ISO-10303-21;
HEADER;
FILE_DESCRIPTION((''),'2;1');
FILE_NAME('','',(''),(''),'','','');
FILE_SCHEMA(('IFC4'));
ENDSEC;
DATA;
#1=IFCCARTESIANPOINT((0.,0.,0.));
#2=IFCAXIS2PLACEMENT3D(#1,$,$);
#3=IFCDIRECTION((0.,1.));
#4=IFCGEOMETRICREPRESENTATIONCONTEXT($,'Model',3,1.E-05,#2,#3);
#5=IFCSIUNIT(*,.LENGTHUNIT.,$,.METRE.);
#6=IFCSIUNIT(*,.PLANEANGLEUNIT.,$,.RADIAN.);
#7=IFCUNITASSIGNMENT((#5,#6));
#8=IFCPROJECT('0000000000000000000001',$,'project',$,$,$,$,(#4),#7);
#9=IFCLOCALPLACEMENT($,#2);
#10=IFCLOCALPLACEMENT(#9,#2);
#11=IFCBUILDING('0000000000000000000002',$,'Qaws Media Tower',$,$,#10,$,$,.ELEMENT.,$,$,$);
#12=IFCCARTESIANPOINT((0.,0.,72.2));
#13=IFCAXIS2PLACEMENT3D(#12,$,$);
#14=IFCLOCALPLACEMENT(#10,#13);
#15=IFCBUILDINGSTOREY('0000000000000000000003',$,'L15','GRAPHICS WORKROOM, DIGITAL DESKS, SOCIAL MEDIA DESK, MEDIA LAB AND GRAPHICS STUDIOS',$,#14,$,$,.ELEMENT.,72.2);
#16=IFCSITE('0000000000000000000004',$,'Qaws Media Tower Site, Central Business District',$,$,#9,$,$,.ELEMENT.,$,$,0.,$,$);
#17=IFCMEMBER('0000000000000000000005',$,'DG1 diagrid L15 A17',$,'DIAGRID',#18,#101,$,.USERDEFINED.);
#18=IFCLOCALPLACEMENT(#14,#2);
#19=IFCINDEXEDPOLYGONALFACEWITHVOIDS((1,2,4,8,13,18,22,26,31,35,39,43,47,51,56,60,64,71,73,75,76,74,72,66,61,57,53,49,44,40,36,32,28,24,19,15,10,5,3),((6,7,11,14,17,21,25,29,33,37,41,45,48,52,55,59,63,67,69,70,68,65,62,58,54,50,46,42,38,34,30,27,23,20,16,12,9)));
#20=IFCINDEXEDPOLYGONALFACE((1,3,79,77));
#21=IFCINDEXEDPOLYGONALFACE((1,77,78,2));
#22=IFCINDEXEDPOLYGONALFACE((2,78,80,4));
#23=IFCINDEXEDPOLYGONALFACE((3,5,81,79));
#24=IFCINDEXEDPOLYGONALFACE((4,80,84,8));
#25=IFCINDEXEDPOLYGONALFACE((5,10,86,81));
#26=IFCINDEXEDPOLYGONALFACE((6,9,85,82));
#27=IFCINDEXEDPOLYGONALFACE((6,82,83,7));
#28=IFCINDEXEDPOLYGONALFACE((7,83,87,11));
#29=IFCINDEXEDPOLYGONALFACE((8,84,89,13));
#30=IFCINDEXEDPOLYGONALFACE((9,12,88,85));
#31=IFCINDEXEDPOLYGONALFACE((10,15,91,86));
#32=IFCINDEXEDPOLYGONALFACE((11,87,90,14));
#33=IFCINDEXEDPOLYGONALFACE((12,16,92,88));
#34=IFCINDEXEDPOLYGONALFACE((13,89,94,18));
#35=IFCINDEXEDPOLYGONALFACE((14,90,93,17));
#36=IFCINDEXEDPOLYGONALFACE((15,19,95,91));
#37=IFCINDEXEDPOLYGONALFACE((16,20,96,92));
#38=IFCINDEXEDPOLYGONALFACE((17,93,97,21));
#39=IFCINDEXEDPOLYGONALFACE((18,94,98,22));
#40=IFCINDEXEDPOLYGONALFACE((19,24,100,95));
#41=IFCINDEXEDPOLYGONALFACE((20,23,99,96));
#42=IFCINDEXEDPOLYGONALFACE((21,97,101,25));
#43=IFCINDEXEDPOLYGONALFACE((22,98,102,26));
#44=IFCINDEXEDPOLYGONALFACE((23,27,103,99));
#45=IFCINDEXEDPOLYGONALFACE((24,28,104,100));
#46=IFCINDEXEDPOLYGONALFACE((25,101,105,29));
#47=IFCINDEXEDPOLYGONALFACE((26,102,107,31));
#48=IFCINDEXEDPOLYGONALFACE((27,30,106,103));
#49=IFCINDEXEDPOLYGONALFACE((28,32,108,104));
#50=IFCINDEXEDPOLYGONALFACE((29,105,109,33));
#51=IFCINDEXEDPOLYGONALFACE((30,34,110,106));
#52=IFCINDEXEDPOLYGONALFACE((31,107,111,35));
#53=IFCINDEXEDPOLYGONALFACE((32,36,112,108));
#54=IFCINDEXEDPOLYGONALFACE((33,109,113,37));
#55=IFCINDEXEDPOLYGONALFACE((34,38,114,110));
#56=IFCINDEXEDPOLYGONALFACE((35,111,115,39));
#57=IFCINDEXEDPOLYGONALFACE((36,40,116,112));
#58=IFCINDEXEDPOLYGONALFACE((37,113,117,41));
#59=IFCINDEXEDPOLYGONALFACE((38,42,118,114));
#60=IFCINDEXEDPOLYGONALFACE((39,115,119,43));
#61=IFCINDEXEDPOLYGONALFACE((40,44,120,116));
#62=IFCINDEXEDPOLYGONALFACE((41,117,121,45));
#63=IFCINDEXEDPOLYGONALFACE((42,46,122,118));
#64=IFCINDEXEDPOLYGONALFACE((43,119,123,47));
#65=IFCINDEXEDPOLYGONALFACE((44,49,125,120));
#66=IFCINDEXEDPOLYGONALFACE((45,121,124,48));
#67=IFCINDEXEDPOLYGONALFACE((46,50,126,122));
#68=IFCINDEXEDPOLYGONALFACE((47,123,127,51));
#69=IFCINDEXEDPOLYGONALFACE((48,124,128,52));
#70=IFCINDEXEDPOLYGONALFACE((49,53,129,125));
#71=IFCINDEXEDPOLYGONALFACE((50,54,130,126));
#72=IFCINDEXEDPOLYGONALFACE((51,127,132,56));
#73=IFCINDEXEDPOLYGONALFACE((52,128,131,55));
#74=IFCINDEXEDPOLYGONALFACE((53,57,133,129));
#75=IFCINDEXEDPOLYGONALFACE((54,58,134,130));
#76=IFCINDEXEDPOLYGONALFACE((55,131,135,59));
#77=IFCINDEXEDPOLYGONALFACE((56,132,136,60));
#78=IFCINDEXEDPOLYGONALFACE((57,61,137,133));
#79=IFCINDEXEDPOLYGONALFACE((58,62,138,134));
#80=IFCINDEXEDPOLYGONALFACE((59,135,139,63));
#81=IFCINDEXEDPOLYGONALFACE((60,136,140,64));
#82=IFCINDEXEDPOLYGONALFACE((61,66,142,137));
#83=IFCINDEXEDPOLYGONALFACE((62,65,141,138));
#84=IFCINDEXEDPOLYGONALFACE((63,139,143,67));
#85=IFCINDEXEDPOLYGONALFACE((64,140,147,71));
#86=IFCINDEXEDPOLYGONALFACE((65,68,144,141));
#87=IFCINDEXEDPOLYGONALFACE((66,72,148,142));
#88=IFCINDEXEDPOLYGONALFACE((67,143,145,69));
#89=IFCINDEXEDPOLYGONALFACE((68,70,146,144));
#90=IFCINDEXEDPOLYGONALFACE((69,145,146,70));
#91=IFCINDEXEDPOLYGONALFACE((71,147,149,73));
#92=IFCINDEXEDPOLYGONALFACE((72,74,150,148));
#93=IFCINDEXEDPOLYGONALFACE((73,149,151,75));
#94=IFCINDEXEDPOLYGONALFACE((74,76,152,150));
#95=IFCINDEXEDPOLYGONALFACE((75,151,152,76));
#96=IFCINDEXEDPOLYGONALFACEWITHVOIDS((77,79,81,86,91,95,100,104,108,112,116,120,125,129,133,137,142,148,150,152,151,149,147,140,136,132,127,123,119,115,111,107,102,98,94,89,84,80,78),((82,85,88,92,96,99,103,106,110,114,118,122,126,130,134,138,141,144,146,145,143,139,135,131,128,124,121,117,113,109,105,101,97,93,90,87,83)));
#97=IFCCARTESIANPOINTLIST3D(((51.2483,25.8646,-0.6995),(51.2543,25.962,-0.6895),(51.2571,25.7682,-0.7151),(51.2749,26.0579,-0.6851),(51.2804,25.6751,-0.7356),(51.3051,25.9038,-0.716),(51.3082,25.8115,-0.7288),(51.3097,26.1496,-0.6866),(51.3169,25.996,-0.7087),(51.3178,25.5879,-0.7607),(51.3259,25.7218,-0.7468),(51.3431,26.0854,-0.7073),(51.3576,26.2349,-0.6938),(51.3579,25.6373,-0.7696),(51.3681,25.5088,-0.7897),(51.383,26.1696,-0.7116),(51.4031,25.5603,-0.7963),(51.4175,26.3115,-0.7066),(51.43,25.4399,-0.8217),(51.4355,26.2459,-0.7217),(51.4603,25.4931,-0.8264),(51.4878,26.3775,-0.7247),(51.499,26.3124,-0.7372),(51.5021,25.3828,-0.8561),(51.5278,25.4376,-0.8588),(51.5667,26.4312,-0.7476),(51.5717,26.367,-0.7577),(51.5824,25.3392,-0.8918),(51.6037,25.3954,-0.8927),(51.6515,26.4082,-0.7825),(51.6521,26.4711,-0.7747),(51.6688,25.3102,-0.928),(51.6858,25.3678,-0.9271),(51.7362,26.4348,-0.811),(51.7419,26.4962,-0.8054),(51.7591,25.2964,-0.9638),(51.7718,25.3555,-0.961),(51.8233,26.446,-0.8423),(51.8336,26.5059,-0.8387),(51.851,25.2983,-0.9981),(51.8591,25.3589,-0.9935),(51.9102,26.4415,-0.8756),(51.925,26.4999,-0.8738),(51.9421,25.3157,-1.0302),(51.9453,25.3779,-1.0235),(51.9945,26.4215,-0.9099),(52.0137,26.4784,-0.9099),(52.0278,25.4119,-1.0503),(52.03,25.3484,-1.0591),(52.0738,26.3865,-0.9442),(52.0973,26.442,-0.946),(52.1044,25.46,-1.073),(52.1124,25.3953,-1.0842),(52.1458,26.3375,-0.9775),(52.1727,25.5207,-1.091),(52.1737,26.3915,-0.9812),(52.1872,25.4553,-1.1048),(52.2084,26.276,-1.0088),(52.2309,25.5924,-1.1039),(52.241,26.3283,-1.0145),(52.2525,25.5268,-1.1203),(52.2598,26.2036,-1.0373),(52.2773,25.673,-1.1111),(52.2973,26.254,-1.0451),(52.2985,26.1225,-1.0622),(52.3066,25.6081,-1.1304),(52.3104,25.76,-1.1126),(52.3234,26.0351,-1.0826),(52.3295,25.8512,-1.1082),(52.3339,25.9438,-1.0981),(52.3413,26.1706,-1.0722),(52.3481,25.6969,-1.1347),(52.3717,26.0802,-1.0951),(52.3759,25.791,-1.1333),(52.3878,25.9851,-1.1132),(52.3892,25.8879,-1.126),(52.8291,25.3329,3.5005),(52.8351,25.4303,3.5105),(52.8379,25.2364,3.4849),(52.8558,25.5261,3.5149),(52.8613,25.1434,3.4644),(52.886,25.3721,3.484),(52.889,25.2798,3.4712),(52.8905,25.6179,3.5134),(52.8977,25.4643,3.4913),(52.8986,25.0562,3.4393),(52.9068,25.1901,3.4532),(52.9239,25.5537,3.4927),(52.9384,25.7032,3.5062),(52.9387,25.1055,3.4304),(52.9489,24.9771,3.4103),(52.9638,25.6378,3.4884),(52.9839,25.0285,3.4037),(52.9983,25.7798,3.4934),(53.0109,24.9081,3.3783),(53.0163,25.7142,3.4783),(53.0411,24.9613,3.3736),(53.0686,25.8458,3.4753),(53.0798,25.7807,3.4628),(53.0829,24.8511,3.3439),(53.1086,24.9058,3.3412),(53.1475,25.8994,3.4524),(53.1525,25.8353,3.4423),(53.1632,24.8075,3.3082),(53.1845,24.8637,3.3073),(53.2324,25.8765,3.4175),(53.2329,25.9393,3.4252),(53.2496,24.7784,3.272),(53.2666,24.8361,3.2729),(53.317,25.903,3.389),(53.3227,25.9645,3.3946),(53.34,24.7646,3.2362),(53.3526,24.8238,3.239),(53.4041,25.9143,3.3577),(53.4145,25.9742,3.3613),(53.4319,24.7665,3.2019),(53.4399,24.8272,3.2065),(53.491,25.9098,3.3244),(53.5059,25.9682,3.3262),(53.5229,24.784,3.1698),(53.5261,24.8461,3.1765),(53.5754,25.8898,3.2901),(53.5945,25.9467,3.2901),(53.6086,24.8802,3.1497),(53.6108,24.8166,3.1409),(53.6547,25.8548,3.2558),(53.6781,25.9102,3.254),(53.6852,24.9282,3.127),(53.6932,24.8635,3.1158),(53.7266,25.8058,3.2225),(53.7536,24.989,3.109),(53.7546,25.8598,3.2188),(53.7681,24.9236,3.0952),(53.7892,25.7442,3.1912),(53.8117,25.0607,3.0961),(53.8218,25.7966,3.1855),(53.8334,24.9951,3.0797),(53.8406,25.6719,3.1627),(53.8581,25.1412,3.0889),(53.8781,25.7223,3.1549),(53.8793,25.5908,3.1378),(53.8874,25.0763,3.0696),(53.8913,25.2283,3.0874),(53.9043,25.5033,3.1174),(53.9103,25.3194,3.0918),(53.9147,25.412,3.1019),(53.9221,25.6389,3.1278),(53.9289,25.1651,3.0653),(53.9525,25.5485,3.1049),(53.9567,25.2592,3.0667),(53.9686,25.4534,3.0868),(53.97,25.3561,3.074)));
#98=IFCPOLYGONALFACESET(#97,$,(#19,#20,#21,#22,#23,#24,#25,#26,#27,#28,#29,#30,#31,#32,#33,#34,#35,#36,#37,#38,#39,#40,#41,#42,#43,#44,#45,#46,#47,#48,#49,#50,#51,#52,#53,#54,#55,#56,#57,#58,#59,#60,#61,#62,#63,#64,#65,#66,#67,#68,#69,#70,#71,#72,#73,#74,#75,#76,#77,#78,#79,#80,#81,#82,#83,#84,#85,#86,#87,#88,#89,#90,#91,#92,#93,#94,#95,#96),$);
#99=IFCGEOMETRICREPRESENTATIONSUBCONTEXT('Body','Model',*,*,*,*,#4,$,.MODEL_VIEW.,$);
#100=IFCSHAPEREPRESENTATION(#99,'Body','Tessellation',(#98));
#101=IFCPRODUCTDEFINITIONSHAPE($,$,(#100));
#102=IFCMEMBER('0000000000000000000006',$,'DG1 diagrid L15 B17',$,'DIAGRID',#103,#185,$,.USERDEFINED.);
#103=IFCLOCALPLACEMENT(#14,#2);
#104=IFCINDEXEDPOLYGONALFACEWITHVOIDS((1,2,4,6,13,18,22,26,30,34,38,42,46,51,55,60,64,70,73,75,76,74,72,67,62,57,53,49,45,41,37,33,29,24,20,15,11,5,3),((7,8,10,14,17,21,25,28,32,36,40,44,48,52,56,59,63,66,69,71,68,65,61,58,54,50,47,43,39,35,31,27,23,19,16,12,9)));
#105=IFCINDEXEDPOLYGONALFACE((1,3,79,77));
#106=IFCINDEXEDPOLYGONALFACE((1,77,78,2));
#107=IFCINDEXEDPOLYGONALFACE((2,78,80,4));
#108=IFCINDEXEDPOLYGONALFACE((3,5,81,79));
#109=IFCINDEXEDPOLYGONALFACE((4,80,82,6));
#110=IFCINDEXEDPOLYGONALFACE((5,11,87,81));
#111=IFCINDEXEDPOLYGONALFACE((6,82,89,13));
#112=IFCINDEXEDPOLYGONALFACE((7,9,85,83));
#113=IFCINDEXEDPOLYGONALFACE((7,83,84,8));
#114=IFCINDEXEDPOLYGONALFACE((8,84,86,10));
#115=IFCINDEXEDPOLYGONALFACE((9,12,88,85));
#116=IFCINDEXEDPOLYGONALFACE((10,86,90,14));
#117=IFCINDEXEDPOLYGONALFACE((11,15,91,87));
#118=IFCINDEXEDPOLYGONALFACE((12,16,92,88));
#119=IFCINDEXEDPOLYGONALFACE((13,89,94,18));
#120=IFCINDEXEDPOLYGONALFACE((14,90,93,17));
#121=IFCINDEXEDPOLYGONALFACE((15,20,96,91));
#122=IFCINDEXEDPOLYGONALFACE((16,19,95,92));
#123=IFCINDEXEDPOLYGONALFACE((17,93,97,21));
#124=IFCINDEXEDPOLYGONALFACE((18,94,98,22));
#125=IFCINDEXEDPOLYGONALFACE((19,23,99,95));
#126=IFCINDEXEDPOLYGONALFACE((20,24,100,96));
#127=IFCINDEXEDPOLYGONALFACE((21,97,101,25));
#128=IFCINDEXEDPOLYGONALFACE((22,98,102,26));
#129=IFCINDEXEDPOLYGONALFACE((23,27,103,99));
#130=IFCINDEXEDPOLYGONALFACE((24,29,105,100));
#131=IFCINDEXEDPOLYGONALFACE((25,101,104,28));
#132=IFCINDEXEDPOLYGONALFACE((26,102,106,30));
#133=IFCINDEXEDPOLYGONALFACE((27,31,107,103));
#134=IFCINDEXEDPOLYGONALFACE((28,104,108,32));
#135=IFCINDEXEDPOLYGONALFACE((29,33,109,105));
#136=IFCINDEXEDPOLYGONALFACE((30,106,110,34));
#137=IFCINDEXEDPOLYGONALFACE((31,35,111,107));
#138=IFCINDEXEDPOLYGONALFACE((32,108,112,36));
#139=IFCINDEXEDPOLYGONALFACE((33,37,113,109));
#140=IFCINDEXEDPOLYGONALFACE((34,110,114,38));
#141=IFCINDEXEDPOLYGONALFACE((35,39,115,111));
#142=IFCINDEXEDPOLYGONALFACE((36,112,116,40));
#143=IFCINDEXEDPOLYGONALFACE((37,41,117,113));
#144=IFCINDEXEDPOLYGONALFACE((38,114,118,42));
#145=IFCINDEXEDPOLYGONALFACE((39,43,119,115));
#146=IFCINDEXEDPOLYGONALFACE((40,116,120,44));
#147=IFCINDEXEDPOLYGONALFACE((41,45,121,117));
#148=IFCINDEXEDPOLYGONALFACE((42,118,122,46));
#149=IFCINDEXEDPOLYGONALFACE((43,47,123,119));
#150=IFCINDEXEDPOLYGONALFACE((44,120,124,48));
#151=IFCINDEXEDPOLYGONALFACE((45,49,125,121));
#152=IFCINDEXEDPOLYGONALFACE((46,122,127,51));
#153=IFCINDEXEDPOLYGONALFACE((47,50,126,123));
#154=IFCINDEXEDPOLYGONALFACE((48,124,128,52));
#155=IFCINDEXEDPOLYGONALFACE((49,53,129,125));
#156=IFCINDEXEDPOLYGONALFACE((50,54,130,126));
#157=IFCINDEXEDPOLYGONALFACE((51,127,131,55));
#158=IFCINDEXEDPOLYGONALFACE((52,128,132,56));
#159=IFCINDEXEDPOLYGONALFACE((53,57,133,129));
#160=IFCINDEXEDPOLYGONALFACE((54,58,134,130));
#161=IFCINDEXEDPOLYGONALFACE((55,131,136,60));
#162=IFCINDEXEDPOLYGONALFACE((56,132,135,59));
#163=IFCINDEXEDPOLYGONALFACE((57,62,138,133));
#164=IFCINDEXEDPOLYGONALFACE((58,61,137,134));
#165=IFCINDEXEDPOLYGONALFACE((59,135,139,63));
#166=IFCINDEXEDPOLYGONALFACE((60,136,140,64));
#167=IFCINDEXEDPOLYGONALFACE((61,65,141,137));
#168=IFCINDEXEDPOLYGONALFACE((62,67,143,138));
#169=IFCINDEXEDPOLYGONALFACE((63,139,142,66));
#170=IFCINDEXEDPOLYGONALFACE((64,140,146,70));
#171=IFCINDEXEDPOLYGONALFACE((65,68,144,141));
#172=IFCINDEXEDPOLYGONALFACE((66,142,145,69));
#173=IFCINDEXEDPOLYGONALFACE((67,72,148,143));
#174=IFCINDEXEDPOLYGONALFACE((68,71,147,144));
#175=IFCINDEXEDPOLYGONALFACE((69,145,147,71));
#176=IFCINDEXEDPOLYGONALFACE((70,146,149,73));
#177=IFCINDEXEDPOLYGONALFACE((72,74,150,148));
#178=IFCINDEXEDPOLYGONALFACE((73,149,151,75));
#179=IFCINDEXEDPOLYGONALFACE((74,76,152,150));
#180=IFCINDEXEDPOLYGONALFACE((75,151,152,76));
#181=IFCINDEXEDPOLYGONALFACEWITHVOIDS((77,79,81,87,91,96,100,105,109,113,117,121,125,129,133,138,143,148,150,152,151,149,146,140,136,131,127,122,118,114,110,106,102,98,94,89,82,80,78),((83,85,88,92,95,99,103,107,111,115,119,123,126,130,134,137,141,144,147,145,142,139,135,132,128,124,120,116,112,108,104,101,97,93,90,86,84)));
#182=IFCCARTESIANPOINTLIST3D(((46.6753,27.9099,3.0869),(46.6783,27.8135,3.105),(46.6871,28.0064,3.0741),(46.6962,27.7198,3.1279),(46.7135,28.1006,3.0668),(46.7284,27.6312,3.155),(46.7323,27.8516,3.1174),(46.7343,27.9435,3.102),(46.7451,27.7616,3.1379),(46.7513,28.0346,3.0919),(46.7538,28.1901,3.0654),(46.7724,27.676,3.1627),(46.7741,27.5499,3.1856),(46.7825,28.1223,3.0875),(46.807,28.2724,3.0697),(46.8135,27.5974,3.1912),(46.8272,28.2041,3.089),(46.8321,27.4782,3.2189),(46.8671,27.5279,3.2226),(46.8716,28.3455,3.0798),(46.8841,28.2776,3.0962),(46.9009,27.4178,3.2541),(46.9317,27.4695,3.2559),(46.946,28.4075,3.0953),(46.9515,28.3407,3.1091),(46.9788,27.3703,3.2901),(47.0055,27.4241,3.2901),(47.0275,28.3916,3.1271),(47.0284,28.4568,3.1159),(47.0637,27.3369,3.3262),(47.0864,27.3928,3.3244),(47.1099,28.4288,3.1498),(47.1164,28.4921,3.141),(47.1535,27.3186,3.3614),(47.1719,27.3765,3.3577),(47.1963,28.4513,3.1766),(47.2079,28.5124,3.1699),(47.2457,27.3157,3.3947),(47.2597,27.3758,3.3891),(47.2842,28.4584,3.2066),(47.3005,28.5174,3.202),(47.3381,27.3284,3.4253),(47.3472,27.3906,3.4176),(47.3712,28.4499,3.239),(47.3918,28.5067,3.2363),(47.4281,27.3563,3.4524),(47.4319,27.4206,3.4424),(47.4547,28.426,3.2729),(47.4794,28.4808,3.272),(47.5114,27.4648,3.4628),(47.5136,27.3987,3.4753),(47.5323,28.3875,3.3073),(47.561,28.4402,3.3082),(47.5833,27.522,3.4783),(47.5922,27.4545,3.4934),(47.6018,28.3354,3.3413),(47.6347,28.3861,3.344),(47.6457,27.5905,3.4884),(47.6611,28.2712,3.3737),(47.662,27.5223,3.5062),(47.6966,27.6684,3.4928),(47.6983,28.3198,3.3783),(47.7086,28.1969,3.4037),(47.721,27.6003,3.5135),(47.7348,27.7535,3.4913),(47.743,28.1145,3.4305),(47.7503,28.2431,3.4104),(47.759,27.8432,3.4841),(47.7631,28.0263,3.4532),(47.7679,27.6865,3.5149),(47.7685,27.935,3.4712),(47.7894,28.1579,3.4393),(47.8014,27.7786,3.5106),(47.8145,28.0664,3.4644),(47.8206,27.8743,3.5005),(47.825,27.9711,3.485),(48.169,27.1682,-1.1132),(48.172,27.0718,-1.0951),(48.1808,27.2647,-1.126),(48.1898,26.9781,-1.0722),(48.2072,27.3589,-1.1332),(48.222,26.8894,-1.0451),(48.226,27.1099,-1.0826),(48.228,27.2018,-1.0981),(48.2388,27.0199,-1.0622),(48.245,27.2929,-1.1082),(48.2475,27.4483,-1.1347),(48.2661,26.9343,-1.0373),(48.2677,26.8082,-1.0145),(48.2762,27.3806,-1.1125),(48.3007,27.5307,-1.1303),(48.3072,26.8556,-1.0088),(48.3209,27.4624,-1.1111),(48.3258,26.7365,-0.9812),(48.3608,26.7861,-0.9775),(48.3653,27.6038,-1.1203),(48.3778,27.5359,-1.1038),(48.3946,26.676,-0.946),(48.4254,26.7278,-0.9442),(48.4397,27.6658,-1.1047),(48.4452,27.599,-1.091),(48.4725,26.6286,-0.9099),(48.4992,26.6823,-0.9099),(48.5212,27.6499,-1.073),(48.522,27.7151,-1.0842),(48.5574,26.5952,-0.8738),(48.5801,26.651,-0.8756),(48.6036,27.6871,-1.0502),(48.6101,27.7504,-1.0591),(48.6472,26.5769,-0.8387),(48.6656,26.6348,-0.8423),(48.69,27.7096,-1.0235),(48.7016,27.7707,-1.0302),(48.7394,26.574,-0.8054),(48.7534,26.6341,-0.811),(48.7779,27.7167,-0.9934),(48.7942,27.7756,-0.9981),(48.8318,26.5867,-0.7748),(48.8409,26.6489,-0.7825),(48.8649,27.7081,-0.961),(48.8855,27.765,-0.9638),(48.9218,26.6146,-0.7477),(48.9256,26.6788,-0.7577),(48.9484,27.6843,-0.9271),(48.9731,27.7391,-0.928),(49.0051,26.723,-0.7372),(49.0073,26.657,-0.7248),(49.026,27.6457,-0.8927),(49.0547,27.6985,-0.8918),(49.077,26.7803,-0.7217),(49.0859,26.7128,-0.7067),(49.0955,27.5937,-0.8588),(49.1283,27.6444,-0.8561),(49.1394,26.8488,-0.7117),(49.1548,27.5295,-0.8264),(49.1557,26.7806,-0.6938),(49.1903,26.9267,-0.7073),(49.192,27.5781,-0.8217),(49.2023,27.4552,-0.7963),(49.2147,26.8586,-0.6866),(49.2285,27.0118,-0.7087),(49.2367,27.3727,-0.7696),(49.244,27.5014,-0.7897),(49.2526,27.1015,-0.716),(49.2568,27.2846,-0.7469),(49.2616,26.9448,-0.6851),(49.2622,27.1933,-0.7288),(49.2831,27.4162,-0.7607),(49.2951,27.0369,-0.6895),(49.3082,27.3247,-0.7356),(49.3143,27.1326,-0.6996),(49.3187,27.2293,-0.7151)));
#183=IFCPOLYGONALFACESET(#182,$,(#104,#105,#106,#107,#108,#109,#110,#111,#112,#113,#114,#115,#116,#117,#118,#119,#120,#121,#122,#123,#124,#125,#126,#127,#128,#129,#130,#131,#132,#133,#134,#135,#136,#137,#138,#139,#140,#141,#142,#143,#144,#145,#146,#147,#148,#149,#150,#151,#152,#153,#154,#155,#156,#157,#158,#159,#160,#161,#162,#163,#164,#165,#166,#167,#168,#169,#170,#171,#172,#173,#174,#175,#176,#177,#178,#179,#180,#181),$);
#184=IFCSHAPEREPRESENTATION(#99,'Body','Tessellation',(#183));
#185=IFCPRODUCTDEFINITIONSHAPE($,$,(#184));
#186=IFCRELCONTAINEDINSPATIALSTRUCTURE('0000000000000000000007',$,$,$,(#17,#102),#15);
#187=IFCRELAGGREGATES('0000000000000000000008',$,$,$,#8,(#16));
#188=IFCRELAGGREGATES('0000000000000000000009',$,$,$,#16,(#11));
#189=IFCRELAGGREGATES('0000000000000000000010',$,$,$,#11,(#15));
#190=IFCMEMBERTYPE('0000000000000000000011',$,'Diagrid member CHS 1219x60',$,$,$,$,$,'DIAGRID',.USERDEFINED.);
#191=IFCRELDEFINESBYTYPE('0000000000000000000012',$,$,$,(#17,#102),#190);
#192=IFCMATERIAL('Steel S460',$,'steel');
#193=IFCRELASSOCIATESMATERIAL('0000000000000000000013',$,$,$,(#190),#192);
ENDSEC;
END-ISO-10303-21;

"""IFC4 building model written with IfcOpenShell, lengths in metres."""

from ifc_helpers import new_model, si_unit, direction, frame, origin, origin_2d, place, context, subcontext, project, spatial, hollow_circle, extrude, material, material_profile, profile_set, type_object, element, save


model = new_model("IFC4")

# Units and contexts
model_context = context("Model", 3, precision=1e-05, world=origin(), true_north=direction((0.0, 1.0)))
body_context = subcontext(model_context, "Body", "Model", "MODEL_VIEW")
ifc_project = project(units=[si_unit("LENGTHUNIT", "METRE"), si_unit("PLANEANGLEUNIT", "RADIAN")], contexts=[model_context])

# Site, building, storey
site_placement = place(None, origin())
site = spatial("IfcSite", under=ifc_project, at=site_placement, Name="Qaws Media Tower Site, Central Business District", CompositionType="ELEMENT", RefElevation=0.0)
building_placement = place(site_placement, origin())
building = spatial("IfcBuilding", under=site, at=building_placement, Name="Qaws Media Tower", CompositionType="ELEMENT")
storey_placement = place(building_placement, frame((0.0, 0.0, 72.2)))
storey = spatial("IfcBuildingStorey", under=building, at=storey_placement, Name="L15", Description="GRAPHICS WORKROOM, DIGITAL DESKS, SOCIAL MEDIA DESK, MEDIA LAB AND GRAPHICS STUDIOS", CompositionType="ELEMENT", Elevation=72.2)

# Members
ifc_material_1 = material(Name="Steel S460", Category="steel")
ifc_material_profile_1 = material_profile(ifc_material_1, hollow_circle(Radius=0.6096, WallThickness=0.0601, at=origin_2d()), Name="CHS 1219x60")
ifc_profile_set_1 = profile_set([ifc_material_profile_1], Name="Steel S460")
member_type_1 = type_object("IfcMemberType", Name="Diagrid member CHS 1219x60", ElementType="DIAGRID", PredefinedType="USERDEFINED", material=ifc_profile_set_1)
for number, where, z_axis, x_axis, name in (
    (1, (51.8193, 25.9006, -0.9099), (0.349815, -0.117667, 0.9294), (0.318818, 0.947816, 0.0), "DG1 diagrid L15 A17"),
    (2, (48.7437, 27.1746, -0.9099), (-0.330532, 0.164132, 0.929413), (-0.444752, -0.895654, 0.0), "DG1 diagrid L15 B17"),
):
    element("IfcMember", number, at=place(storey_placement, frame(where, z_axis=z_axis, x_axis=x_axis)), inside=storey, type_object=member_type_1, Name=name, ObjectType="DIAGRID", PredefinedType="USERDEFINED", context=body_context, shape_type="SweptSolid", body=[
        extrude(hollow_circle(Radius=0.6096, WallThickness=0.0601, at=origin_2d()), origin(), (0.0, 0.0, 1.0), 4.519),
    ])

save(model, "model.ifc")
